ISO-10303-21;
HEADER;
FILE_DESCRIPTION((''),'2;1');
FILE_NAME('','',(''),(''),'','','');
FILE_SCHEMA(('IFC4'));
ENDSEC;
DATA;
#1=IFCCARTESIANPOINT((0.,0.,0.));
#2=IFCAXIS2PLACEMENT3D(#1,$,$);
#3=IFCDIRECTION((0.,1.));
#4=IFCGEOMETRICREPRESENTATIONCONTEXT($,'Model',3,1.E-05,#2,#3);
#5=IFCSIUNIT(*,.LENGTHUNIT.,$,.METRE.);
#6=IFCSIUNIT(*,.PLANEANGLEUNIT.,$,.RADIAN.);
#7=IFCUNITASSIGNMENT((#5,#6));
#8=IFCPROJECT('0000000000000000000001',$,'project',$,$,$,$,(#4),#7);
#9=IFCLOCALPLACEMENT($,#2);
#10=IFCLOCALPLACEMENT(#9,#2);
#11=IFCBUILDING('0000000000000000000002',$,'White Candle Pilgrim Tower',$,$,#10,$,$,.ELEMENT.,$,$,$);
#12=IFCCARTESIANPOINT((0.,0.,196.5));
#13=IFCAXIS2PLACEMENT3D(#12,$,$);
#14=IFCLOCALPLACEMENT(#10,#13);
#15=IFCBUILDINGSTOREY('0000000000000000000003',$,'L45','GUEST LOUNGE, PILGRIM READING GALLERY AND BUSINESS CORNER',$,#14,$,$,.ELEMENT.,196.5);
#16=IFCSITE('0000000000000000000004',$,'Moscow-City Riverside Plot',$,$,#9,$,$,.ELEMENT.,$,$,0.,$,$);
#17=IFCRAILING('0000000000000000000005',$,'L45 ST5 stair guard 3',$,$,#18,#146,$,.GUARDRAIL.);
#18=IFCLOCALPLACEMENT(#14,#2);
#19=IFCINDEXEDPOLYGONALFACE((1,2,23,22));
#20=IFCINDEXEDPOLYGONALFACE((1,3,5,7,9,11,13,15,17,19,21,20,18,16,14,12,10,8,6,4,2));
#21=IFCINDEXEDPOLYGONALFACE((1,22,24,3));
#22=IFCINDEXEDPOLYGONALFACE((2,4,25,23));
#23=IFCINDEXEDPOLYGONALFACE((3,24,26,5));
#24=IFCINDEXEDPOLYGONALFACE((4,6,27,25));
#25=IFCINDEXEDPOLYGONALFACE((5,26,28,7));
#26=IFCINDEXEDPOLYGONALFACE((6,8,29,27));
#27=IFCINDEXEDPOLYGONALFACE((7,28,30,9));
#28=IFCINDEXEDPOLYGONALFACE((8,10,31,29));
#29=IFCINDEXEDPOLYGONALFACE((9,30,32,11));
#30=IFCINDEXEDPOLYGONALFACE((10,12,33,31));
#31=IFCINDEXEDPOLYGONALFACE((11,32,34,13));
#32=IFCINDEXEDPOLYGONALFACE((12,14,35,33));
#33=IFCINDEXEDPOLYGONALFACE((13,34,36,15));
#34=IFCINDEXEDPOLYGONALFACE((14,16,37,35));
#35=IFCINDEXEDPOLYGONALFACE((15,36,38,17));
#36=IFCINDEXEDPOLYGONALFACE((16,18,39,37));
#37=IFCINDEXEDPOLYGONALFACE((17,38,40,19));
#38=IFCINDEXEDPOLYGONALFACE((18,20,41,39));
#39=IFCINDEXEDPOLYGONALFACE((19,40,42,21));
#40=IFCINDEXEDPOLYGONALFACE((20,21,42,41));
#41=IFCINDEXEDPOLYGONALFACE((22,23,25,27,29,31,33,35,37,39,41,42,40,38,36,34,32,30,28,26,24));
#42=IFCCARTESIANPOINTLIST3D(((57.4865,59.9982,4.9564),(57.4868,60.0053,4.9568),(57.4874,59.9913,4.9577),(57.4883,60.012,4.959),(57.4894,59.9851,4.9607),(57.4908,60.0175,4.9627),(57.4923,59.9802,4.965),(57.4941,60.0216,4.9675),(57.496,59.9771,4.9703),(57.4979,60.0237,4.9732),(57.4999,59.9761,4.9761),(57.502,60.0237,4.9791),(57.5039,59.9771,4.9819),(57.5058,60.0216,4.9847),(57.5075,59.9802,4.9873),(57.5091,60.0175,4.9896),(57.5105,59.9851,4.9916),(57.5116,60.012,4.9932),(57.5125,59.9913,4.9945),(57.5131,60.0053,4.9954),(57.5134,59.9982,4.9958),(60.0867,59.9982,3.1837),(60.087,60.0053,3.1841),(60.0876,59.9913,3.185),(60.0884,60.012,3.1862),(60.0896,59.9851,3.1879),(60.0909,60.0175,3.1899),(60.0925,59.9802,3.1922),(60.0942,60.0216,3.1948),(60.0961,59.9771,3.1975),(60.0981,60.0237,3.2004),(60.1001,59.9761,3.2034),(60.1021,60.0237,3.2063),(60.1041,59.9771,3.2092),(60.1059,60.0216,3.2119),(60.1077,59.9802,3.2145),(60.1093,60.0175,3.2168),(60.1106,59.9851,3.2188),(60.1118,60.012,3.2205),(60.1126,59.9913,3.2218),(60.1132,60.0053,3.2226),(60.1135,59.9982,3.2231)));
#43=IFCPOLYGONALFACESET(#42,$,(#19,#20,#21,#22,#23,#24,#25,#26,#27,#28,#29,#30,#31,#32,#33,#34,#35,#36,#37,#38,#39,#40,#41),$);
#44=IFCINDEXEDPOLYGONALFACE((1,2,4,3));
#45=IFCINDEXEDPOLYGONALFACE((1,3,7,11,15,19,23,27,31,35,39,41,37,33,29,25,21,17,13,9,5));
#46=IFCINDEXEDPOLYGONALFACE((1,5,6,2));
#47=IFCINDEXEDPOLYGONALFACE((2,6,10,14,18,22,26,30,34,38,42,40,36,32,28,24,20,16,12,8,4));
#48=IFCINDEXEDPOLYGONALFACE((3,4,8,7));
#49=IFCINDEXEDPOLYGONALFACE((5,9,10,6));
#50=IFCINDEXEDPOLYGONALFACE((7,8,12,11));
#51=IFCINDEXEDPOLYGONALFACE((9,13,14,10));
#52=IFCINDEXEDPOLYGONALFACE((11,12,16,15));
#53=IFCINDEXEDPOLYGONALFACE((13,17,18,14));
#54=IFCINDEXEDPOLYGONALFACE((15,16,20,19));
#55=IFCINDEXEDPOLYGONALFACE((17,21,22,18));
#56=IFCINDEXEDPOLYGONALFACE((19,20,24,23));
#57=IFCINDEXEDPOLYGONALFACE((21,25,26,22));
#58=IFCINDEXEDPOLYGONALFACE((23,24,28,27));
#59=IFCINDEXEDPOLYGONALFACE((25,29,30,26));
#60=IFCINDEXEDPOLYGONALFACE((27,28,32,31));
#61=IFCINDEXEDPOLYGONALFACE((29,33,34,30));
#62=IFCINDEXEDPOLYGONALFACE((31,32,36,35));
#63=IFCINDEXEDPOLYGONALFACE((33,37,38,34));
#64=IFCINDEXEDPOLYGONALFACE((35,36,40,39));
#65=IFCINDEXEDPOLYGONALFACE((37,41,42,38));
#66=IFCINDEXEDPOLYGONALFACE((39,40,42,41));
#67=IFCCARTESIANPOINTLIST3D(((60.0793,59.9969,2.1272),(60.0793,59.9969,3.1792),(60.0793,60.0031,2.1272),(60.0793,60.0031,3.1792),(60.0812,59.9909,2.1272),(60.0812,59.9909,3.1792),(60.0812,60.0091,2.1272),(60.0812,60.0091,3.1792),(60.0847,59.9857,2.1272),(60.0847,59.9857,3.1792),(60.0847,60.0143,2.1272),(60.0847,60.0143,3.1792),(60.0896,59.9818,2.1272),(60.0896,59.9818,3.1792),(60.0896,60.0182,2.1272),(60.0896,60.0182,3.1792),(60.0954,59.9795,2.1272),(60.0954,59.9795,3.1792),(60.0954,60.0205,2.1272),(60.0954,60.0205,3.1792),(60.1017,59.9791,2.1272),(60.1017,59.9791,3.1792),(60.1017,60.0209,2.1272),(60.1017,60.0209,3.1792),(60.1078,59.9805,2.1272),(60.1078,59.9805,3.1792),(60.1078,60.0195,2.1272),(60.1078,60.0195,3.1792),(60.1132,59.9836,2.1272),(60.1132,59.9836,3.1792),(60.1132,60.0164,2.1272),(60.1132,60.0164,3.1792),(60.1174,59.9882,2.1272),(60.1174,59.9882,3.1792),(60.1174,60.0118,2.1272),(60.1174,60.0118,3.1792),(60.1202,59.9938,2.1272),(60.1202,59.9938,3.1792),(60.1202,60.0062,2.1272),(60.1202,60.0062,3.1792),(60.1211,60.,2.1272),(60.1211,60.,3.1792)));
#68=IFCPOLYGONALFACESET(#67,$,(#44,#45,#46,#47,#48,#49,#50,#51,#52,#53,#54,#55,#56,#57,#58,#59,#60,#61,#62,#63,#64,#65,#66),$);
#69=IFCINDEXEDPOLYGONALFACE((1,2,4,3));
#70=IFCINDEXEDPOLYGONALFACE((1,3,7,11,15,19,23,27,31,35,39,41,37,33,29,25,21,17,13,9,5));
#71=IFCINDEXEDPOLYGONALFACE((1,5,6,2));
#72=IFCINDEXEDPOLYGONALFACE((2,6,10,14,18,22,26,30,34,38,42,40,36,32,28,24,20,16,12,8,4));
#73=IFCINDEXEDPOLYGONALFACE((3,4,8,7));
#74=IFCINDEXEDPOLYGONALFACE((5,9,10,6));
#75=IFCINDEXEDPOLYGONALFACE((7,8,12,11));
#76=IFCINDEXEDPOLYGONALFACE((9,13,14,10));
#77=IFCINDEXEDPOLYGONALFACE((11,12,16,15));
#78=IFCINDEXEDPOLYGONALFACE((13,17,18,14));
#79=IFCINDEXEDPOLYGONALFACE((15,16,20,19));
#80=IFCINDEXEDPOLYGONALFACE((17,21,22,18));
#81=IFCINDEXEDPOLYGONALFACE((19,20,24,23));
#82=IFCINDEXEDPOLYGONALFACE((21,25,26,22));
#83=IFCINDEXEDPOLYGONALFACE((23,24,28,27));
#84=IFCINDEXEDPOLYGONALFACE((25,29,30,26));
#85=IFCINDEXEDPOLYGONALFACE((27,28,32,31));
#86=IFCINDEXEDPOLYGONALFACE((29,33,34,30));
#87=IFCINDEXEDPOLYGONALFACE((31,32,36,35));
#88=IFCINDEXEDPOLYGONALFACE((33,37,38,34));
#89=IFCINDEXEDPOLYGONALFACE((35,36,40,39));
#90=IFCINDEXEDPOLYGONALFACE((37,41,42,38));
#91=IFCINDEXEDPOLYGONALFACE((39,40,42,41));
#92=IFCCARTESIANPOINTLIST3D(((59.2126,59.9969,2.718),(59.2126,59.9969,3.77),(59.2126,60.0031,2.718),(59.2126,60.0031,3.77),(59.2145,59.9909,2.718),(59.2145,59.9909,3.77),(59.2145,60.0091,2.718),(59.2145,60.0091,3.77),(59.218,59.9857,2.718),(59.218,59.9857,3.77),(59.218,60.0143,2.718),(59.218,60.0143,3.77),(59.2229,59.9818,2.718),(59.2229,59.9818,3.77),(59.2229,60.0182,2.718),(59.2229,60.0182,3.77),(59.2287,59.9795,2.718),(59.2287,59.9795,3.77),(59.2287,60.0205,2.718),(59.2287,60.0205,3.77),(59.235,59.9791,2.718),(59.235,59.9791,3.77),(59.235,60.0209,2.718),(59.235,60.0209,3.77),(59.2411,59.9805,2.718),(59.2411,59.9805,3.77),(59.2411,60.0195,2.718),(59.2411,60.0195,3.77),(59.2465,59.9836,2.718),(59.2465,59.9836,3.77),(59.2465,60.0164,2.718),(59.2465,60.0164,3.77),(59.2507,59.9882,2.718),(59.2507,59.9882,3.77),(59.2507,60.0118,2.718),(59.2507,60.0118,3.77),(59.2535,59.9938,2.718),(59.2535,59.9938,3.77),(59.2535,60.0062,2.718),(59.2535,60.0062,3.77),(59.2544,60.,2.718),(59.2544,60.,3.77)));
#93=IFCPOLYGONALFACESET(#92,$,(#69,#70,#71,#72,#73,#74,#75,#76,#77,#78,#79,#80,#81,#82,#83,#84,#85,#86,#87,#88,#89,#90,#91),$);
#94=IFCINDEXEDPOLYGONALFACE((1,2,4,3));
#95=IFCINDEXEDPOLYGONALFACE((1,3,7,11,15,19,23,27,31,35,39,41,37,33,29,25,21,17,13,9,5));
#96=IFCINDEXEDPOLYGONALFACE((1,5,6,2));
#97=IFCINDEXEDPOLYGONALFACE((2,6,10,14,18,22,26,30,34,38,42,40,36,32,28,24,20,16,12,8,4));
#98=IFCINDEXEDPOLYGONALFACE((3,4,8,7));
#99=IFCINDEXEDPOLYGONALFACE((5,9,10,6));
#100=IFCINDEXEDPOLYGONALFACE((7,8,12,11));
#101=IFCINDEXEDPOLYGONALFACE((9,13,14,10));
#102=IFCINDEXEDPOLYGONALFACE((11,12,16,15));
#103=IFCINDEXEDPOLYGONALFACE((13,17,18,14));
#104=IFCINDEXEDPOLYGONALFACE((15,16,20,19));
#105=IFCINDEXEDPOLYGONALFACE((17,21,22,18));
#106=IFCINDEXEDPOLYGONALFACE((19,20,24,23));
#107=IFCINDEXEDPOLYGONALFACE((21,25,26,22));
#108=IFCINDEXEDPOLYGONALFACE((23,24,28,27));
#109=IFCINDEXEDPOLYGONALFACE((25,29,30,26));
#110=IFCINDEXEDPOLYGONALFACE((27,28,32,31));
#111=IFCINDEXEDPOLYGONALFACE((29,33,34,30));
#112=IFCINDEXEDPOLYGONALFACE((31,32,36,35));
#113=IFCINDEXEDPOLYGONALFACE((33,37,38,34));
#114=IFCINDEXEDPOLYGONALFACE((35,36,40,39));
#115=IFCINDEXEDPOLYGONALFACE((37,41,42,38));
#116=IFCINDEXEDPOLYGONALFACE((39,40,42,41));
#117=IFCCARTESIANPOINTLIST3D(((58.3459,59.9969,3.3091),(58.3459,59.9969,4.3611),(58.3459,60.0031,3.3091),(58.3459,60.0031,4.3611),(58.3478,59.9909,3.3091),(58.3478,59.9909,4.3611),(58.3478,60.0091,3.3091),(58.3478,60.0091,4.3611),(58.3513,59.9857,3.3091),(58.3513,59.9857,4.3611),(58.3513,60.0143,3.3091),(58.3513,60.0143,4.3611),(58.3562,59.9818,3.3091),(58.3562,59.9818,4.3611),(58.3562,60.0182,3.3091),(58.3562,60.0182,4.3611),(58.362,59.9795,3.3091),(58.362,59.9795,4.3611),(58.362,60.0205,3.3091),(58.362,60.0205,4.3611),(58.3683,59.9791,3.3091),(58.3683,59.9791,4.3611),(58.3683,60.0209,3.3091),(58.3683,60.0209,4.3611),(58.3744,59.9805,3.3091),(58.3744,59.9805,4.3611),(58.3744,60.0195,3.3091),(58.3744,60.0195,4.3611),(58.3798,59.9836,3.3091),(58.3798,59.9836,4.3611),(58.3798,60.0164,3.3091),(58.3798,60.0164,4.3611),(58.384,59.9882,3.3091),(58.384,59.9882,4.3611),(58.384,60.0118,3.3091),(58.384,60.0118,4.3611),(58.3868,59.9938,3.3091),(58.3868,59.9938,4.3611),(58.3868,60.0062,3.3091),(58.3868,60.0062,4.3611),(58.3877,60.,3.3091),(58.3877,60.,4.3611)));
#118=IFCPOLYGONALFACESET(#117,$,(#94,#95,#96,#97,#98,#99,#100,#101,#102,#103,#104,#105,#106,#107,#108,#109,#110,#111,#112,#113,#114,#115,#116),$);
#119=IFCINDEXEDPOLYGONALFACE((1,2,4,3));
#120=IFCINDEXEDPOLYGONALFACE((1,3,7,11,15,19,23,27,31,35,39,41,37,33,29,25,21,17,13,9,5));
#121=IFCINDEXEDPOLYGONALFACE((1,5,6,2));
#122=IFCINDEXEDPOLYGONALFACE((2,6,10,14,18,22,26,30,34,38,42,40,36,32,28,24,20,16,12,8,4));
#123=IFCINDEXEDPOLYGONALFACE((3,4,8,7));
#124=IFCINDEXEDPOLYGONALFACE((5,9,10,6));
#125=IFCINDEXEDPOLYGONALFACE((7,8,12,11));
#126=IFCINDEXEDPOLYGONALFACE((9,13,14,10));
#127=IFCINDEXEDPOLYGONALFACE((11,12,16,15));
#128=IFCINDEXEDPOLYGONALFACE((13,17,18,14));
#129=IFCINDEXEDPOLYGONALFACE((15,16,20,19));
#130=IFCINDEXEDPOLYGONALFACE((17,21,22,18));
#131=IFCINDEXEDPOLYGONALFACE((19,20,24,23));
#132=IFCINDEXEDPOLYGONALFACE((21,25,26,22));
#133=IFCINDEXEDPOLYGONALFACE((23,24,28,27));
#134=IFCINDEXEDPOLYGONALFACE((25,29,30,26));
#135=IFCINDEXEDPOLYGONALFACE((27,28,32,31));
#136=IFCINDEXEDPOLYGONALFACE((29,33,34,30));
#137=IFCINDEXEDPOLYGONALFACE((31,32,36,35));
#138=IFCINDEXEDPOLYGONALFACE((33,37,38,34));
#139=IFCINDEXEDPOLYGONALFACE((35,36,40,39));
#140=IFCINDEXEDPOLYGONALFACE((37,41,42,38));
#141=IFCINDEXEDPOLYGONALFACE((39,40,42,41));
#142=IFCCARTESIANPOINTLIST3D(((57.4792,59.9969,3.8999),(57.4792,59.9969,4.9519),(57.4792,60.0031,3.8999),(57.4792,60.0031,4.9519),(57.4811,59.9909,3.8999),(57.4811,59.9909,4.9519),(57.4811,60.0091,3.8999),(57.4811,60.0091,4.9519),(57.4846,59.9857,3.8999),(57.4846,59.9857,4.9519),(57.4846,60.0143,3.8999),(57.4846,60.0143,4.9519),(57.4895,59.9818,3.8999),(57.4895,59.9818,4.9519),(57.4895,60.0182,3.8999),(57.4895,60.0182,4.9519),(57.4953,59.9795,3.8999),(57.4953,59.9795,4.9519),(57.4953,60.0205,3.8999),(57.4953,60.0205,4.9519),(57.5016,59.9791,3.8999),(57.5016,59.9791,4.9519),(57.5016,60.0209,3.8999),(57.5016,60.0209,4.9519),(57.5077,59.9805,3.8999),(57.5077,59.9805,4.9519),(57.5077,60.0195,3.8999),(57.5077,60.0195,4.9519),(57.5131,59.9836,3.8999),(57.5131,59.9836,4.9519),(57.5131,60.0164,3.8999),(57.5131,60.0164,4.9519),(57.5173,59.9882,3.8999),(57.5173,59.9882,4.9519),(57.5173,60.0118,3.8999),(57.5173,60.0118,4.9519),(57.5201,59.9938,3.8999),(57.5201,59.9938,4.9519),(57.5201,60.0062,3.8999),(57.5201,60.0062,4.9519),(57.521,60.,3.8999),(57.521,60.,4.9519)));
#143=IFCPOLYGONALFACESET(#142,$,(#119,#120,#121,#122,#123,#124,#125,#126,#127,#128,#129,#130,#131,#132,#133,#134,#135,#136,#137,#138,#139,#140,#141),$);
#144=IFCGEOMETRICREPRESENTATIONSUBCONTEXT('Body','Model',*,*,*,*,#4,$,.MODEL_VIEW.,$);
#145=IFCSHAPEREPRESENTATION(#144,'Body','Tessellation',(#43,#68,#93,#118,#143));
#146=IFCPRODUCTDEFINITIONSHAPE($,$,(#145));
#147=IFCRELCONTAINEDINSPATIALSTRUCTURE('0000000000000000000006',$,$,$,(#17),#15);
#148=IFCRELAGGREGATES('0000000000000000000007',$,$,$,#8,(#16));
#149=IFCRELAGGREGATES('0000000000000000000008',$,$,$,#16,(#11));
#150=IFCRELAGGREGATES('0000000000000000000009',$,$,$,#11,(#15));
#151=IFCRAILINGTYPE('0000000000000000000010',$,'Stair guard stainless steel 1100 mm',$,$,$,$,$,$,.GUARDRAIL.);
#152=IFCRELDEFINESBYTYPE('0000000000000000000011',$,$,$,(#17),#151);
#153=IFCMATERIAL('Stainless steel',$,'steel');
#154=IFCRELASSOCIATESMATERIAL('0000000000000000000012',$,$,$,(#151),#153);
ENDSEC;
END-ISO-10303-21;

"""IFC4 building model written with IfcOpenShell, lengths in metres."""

from ifc_helpers import new_model, si_unit, direction, frame, origin, origin_2d, place, context, subcontext, project, spatial, circle, extrude, material, type_object, element, save


model = new_model("IFC4")

# Units and contexts
model_context = context("Model", 3, precision=1e-05, world=origin(), true_north=direction((0.0, 1.0)))
body_context = subcontext(model_context, "Body", "Model", "MODEL_VIEW")
ifc_project = project(units=[si_unit("LENGTHUNIT", "METRE"), si_unit("PLANEANGLEUNIT", "RADIAN")], contexts=[model_context])

# Site, building, storey
site_placement = place(None, origin())
site = spatial("IfcSite", under=ifc_project, at=site_placement, Name="Moscow-City Riverside Plot", CompositionType="ELEMENT", RefElevation=0.0)
building_placement = place(site_placement, origin())
building = spatial("IfcBuilding", under=site, at=building_placement, Name="White Candle Pilgrim Tower", CompositionType="ELEMENT")
storey_placement = place(building_placement, frame((0.0, 0.0, 196.5)))
storey = spatial("IfcBuildingStorey", under=building, at=storey_placement, Name="L45", Description="GUEST LOUNGE, PILGRIM READING GALLERY AND BUSINESS CORNER", CompositionType="ELEMENT", Elevation=196.5)

# Railing
ifc_material_1 = material(Name="Stainless steel", Category="steel")
railing_type_1 = type_object("IfcRailingType", Name="Stair guard stainless steel 1100 mm", PredefinedType="GUARDRAIL", material=ifc_material_1)
railing_1_placement = place(storey_placement, frame((60.1001, 60.0, 2.1272)))
element("IfcRailing", 1, at=railing_1_placement, inside=storey, type_object=railing_type_1, Name="L45 ST5 stair guard 3", PredefinedType="GUARDRAIL", context=body_context, shape_type="SweptSolid", body=[
    extrude(circle(Radius=0.0239, at=origin_2d()), frame((0.0, 0.0, 1.0762), z_axis=(-0.82624, 0.0, 0.563318), x_axis=(0.0, -1.0, 0.0)), (0.0, 0.0, 1.0), 3.147),
    extrude(circle(Radius=0.021, at=origin_2d()), origin(), (0.0, 0.0, 1.0), 1.052),
    extrude(circle(Radius=0.021, at=origin_2d()), frame((-0.8667, 0.0, 0.5908)), (0.0, 0.0, 1.0), 1.052),
    extrude(circle(Radius=0.021, at=origin_2d()), frame((-1.7334, 0.0, 1.1819)), (0.0, 0.0, 1.0), 1.052),
    extrude(circle(Radius=0.021, at=origin_2d()), frame((-2.6001, 0.0, 1.7727)), (0.0, 0.0, 1.0), 1.052),
])

save(model, "model.ifc")
